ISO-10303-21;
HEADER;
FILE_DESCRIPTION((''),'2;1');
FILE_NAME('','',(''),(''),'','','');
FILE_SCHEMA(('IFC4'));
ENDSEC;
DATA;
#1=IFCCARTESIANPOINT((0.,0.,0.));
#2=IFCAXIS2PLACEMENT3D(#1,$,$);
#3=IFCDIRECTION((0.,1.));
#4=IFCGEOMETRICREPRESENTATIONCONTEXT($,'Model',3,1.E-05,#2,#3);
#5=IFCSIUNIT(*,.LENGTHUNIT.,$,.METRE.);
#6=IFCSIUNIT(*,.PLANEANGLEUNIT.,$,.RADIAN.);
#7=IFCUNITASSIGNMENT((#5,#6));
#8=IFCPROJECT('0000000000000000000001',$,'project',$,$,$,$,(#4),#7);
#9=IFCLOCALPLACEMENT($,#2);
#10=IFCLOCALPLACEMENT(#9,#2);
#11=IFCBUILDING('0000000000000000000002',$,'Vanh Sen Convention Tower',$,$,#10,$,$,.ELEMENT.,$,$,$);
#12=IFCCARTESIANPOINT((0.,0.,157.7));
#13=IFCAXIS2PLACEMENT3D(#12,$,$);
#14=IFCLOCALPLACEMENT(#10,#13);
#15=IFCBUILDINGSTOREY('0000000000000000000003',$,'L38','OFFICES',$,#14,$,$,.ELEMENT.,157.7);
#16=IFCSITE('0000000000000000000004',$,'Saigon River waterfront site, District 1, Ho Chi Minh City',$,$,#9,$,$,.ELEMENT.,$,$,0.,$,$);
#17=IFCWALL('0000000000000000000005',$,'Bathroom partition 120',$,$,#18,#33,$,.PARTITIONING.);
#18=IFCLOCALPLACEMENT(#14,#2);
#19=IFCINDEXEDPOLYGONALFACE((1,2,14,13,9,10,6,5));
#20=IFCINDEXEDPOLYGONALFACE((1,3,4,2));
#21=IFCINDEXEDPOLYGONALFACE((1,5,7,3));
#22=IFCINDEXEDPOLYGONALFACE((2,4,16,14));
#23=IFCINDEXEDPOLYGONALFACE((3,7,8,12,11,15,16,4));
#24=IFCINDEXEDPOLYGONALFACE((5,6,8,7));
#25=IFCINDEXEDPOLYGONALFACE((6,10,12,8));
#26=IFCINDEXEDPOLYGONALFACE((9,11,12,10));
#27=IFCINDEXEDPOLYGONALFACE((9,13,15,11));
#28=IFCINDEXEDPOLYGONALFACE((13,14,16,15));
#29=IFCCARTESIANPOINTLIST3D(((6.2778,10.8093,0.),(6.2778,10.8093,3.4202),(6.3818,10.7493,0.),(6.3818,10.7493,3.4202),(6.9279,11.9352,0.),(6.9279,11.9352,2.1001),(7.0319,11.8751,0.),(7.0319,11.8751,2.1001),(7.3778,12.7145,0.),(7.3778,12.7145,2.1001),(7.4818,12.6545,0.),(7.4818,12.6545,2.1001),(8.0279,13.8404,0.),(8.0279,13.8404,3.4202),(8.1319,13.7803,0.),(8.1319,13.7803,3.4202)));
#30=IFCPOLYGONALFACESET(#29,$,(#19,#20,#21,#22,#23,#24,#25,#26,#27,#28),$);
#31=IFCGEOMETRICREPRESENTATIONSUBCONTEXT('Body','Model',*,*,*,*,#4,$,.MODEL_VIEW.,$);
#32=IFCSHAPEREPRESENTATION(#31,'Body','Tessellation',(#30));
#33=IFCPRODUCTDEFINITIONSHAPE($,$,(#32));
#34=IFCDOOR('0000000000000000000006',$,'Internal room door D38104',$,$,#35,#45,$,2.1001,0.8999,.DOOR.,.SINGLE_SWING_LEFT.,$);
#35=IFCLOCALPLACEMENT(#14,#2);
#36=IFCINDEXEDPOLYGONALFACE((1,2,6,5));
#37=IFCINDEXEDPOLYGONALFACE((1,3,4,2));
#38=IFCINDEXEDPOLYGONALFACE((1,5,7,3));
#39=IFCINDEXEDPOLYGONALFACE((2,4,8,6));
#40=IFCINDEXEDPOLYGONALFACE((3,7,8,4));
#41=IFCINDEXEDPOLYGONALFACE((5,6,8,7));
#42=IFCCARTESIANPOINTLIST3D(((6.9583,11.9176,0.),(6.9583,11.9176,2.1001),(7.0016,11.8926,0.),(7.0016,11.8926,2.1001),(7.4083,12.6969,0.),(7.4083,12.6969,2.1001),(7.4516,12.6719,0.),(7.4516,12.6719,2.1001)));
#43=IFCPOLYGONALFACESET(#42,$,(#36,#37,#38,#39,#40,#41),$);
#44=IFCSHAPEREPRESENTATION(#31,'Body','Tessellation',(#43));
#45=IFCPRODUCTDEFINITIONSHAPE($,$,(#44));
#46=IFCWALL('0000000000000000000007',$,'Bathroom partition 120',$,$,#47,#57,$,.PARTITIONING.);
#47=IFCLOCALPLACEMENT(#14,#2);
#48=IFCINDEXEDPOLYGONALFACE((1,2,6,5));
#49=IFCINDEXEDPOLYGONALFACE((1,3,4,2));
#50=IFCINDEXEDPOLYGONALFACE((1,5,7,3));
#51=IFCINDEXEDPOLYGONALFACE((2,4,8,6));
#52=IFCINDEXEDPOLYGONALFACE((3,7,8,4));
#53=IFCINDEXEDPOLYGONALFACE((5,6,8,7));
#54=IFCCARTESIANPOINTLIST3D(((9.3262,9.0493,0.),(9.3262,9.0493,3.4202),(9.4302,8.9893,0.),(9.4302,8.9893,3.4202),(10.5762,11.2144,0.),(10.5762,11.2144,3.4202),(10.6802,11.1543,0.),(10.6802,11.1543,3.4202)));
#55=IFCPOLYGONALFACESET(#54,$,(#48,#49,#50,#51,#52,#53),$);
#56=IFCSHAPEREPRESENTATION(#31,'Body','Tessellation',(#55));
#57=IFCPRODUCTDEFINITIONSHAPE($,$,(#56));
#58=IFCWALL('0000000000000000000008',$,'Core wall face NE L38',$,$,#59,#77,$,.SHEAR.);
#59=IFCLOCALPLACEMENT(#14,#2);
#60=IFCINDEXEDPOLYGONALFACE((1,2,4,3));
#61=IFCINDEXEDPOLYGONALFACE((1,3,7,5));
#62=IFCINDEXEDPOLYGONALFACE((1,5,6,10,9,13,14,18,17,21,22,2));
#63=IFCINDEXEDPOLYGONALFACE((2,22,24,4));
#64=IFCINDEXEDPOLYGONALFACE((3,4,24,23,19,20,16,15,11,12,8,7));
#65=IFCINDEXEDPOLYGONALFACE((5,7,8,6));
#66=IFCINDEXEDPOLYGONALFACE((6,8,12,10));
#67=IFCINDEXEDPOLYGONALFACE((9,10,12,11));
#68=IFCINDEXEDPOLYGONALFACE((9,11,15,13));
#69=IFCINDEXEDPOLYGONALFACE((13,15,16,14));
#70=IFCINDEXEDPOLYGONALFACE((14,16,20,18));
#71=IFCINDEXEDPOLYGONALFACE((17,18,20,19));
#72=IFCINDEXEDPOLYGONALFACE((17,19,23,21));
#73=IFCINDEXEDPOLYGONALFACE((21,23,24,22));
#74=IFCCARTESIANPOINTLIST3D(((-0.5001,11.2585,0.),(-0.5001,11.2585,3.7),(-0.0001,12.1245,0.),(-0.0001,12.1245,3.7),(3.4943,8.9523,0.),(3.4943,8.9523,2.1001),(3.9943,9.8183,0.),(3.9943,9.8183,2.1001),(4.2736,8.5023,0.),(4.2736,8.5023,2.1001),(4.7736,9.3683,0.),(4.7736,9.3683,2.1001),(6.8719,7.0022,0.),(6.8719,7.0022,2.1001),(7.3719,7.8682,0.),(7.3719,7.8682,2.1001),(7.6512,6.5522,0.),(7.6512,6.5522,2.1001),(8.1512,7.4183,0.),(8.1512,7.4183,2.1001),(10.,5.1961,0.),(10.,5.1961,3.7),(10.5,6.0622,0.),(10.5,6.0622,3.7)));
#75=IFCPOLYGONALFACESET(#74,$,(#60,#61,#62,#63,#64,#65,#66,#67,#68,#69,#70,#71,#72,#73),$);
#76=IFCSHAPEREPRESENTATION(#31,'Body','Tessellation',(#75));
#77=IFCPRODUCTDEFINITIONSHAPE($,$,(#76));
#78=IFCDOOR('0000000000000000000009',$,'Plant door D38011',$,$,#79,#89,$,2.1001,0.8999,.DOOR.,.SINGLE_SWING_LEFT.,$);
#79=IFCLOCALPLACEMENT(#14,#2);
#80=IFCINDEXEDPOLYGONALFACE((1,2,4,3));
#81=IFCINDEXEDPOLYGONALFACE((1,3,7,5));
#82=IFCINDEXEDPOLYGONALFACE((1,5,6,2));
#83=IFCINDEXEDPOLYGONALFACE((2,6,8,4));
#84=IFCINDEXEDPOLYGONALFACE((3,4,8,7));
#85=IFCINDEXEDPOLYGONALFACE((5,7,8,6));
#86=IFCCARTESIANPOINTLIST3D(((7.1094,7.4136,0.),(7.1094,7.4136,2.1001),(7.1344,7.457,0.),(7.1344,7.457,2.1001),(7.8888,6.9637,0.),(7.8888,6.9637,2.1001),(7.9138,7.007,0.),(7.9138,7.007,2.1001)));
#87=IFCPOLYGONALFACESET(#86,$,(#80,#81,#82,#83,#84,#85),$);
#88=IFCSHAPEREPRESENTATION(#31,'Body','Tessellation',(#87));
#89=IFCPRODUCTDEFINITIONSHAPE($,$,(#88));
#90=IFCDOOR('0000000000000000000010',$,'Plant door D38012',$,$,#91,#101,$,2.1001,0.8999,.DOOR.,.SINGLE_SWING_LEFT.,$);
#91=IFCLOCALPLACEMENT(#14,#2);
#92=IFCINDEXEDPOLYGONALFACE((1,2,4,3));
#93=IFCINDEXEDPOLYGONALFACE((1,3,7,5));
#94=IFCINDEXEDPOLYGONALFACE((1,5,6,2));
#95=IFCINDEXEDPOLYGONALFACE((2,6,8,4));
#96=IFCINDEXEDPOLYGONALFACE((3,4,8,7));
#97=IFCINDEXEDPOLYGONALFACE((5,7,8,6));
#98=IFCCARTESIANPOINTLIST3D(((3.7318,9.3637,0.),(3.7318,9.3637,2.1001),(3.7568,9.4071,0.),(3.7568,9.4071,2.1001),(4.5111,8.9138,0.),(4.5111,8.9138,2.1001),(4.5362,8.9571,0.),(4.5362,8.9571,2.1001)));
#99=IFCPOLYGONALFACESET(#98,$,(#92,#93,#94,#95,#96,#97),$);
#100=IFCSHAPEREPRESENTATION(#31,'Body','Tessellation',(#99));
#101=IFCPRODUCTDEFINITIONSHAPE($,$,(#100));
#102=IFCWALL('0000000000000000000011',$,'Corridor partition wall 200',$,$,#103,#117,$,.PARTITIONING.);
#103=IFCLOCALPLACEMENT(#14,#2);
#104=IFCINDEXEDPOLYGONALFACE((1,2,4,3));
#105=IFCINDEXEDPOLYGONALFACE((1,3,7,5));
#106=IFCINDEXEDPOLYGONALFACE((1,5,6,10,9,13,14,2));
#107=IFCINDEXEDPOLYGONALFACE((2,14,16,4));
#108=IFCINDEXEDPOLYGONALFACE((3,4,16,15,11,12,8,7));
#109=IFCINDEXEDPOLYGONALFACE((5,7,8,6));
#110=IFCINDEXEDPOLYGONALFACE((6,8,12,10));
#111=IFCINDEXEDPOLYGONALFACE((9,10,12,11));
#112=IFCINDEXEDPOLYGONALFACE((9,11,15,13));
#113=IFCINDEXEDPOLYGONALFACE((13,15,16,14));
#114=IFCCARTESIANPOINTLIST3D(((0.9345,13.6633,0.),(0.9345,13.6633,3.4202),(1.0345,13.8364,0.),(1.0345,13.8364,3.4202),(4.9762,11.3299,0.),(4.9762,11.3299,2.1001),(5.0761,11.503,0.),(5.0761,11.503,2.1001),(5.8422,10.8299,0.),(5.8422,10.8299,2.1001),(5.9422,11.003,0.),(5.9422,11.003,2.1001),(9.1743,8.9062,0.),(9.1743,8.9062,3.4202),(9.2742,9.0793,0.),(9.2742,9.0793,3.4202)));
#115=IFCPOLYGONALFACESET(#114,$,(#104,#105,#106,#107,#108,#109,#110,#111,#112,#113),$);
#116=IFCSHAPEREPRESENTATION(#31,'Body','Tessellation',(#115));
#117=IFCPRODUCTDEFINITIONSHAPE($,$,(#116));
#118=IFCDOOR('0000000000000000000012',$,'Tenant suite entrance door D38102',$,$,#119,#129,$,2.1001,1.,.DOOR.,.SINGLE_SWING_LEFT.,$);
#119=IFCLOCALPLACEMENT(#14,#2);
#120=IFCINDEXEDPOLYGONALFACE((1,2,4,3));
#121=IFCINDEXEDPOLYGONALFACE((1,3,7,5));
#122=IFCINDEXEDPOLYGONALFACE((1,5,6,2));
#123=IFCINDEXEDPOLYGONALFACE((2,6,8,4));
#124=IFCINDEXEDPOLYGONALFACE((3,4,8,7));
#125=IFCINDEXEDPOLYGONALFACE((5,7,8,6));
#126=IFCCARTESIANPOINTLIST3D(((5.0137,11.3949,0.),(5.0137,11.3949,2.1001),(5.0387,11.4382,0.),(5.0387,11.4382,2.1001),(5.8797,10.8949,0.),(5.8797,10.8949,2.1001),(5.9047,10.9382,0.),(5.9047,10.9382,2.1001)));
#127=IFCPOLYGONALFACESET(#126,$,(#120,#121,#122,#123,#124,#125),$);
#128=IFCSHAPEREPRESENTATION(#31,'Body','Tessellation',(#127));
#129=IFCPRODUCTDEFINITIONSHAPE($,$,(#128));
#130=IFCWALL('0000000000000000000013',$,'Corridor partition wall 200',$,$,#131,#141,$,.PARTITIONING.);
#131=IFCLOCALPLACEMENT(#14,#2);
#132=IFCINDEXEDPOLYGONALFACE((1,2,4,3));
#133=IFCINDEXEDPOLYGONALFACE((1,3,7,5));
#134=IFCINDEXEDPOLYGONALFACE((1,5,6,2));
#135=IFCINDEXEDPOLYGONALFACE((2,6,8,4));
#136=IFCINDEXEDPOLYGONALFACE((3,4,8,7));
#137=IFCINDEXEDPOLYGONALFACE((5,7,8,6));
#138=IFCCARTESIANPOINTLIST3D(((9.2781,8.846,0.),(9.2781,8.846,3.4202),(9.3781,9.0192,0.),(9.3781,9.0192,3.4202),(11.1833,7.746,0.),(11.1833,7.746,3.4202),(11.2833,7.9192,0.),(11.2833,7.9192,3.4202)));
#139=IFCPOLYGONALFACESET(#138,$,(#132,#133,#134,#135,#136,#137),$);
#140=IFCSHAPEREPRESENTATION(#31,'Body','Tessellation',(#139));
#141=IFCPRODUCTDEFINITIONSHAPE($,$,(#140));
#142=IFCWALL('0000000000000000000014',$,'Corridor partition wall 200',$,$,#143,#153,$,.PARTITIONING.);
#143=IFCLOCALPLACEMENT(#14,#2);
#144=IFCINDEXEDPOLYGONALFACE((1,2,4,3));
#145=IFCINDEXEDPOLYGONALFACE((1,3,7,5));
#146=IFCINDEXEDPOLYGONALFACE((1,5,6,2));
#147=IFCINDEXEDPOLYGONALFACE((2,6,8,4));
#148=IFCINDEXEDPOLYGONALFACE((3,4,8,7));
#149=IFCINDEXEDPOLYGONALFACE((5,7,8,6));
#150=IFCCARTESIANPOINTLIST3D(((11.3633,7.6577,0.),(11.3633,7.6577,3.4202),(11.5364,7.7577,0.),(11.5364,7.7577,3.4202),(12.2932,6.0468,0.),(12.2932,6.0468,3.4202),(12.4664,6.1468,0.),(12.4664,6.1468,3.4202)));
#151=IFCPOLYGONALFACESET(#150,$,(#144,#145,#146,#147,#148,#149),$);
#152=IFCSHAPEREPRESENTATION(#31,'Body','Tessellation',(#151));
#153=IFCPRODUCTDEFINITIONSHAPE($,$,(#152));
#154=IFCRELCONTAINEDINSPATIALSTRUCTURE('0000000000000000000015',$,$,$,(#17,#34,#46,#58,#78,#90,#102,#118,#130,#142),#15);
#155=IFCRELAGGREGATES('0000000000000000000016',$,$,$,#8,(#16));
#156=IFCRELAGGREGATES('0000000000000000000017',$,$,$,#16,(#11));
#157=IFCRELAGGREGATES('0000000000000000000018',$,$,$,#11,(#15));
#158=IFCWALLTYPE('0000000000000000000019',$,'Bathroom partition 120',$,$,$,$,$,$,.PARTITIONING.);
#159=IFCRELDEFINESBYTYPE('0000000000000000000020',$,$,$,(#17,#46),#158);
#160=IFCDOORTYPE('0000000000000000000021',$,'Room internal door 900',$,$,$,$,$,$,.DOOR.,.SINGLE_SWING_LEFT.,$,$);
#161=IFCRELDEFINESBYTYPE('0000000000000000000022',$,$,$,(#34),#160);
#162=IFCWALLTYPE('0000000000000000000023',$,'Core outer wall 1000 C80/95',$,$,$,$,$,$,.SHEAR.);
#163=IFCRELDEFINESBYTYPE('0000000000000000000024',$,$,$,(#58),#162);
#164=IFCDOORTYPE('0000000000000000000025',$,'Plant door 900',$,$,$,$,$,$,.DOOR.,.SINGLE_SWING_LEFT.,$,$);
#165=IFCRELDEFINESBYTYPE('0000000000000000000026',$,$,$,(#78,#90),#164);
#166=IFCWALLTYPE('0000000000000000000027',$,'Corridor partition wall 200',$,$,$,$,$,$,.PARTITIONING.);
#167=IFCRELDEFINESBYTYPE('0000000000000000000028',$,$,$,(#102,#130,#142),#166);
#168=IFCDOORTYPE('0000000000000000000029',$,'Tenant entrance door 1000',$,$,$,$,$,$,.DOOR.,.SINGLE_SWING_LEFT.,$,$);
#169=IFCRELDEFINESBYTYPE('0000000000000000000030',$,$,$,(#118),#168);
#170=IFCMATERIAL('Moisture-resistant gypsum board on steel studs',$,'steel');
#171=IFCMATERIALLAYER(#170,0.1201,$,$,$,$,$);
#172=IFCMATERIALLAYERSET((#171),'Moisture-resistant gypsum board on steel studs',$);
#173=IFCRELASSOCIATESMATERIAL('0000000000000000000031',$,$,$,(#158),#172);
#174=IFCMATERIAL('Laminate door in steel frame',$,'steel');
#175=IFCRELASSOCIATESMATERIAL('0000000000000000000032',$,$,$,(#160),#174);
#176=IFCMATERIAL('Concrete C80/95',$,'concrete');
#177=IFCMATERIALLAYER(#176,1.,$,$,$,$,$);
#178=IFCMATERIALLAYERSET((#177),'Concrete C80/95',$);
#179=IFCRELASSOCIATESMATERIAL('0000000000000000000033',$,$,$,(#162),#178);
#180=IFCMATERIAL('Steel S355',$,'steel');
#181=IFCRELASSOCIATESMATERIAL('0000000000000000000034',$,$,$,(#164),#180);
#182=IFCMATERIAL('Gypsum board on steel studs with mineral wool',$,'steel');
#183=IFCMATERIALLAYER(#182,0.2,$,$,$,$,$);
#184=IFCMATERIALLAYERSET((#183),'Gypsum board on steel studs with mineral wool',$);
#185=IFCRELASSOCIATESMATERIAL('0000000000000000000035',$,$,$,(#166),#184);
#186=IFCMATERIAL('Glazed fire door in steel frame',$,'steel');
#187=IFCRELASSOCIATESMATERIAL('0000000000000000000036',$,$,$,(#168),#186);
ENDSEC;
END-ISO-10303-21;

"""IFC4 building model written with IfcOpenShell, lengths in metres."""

from ifc_helpers import new_model, si_unit, direction, frame, frame_2d, origin, place, context, subcontext, project, spatial, rectangle, extrude, material, layer, layer_set, type_object, element, fill, save


model = new_model("IFC4")

# Units and contexts
model_context = context("Model", 3, precision=1e-05, world=origin(), true_north=direction((0.0, 1.0)))
body_context = subcontext(model_context, "Body", "Model", "MODEL_VIEW")
ifc_project = project(units=[si_unit("LENGTHUNIT", "METRE"), si_unit("PLANEANGLEUNIT", "RADIAN")], contexts=[model_context])

# Site, building, storey
site_placement = place(None, origin())
site = spatial("IfcSite", under=ifc_project, at=site_placement, Name="Saigon River waterfront site, District 1, Ho Chi Minh City", CompositionType="ELEMENT", RefElevation=0.0)
building_placement = place(site_placement, origin())
building = spatial("IfcBuilding", under=site, at=building_placement, Name="Vanh Sen Convention Tower", CompositionType="ELEMENT")
storey_placement = place(building_placement, frame((0.0, 0.0, 157.7)))
storey = spatial("IfcBuildingStorey", under=building, at=storey_placement, Name="L38", Description="OFFICES", CompositionType="ELEMENT", Elevation=157.7)

# Wall, opening, door
ifc_material_1 = material(Name="Moisture-resistant gypsum board on steel studs", Category="steel")
ifc_layer_1 = layer(ifc_material_1, 0.1201)
ifc_layer_set_1 = layer_set([ifc_layer_1], Name="Moisture-resistant gypsum board on steel studs")
wall_type_1 = type_object("IfcWallType", Name="Bathroom partition 120", PredefinedType="PARTITIONING", material=ifc_layer_set_1)
wall_1_placement = place(storey_placement, frame((6.3298, 10.7793, 0.0), z_axis=(0.0, 0.0, 1.0), x_axis=(0.50001, 0.866019, 0.0)))
wall_1 = element("IfcWall", 1, at=wall_1_placement, inside=storey, type_object=wall_type_1, Name="Bathroom partition 120", PredefinedType="PARTITIONING", context=body_context, shape_type="SweptSolid", body=[
    extrude(rectangle(XDim=3.5, YDim=0.1201, at=frame_2d((1.75, 0.0))), origin(), (0.0, 0.0, 1.0), 3.4202),
])
opening_1_placement = place(wall_1_placement, frame((1.3, 0.0, 0.0)))
opening_1 = element("IfcOpeningElement", 2, at=opening_1_placement, cuts=wall_1, PredefinedType="OPENING", context=body_context, shape_type="SweptSolid", body=[
    extrude(rectangle(XDim=0.8999, YDim=2.1001, at=frame_2d((0.45, 1.05))), frame((0.0, 0.0701, 0.0), z_axis=(0.0, -1.0, 0.0), x_axis=(1.0, 0.0, 0.0)), (0.0, 0.0, 1.0), 0.1401),
])
ifc_material_2 = material(Name="Laminate door in steel frame", Category="steel")
door_type_1 = type_object("IfcDoorType", Name="Room internal door 900", OperationType="SINGLE_SWING_LEFT", PredefinedType="DOOR", material=ifc_material_2)
door_1_placement = place(opening_1_placement, origin())
door_1 = element("IfcDoor", 3, at=door_1_placement, inside=storey, type_object=door_type_1, Name="Internal room door D38104", OperationType="SINGLE_SWING_LEFT", OverallHeight=2.1001, OverallWidth=0.8999, PredefinedType="DOOR", context=body_context, shape_type="SweptSolid", body=[
    extrude(rectangle(XDim=0.8999, YDim=2.1001, at=frame_2d((0.45, 1.05))), frame((0.0, 0.0249, 0.0), z_axis=(0.0, -1.0, 0.0), x_axis=(1.0, 0.0, 0.0)), (0.0, 0.0, 1.0), 0.05),
])
fill(opening_1, door_1)

# Wall
wall_2_placement = place(storey_placement, frame((9.3782, 9.0193, 0.0), z_axis=(0.0, 0.0, 1.0), x_axis=(0.500004, 0.866023, 0.0)))
element("IfcWall", 4, at=wall_2_placement, inside=storey, type_object=wall_type_1, Name="Bathroom partition 120", PredefinedType="PARTITIONING", context=body_context, shape_type="SweptSolid", body=[
    extrude(rectangle(XDim=2.5, YDim=0.1201, at=frame_2d((1.25, 0.0))), origin(), (0.0, 0.0, 1.0), 3.4202),
])

# Wall, openings, doors
ifc_material_3 = material(Name="Concrete C80/95", Category="concrete")
ifc_layer_2 = layer(ifc_material_3, 1.0)
ifc_layer_set_2 = layer_set([ifc_layer_2], Name="Concrete C80/95")
wall_type_2 = type_object("IfcWallType", Name="Core outer wall 1000 C80/95", PredefinedType="SHEAR", material=ifc_layer_set_2)
wall_3_placement = place(storey_placement, frame((10.25, 5.6292, 0.0), z_axis=(0.0, 0.0, 1.0), x_axis=(-0.866023, 0.500005, 0.0)))
wall_3 = element("IfcWall", 5, at=wall_3_placement, inside=storey, type_object=wall_type_2, Name="Core wall face NE L38", PredefinedType="SHEAR", context=body_context, shape_type="SweptSolid", body=[
    extrude(rectangle(XDim=12.1245, YDim=1.0, at=frame_2d((6.0623, 0.0))), origin(), (0.0, 0.0, 1.0), 3.7),
])
opening_2_placement = place(wall_3_placement, frame((2.7122, 0.0, 0.0)))
opening_2 = element("IfcOpeningElement", 6, at=opening_2_placement, cuts=wall_3, PredefinedType="OPENING", context=body_context, shape_type="SweptSolid", body=[
    extrude(rectangle(XDim=0.8999, YDim=2.1001, at=frame_2d((0.45, 1.05))), frame((0.0, 0.51, 0.0), z_axis=(0.0, -1.0, 0.0), x_axis=(1.0, 0.0, 0.0)), (0.0, 0.0, 1.0), 1.02),
])
opening_3_placement = place(wall_3_placement, frame((6.6123, 0.0, 0.0)))
opening_3 = element("IfcOpeningElement", 7, at=opening_3_placement, cuts=wall_3, PredefinedType="OPENING", context=body_context, shape_type="SweptSolid", body=[
    extrude(rectangle(XDim=0.8999, YDim=2.1001, at=frame_2d((0.45, 1.05))), frame((0.0, 0.51, 0.0), z_axis=(0.0, -1.0, 0.0), x_axis=(1.0, 0.0, 0.0)), (0.0, 0.0, 1.0), 1.02),
])
ifc_material_4 = material(Name="Steel S355", Category="steel")
door_type_2 = type_object("IfcDoorType", Name="Plant door 900", OperationType="SINGLE_SWING_LEFT", PredefinedType="DOOR", material=ifc_material_4)
door_2_placement = place(opening_2_placement, origin())
door_2 = element("IfcDoor", 8, at=door_2_placement, inside=storey, type_object=door_type_2, Name="Plant door D38011", OperationType="SINGLE_SWING_LEFT", OverallHeight=2.1001, OverallWidth=0.8999, PredefinedType="DOOR", context=body_context, shape_type="SweptSolid", body=[
    extrude(rectangle(XDim=0.8999, YDim=2.1001, at=frame_2d((0.45, 1.05))), frame((0.0, 0.0249, 0.0), z_axis=(0.0, -1.0, 0.0), x_axis=(1.0, 0.0, 0.0)), (0.0, 0.0, 1.0), 0.05),
])
fill(opening_2, door_2)
door_3_placement = place(opening_3_placement, origin())
door_3 = element("IfcDoor", 9, at=door_3_placement, inside=storey, type_object=door_type_2, Name="Plant door D38012", OperationType="SINGLE_SWING_LEFT", OverallHeight=2.1001, OverallWidth=0.8999, PredefinedType="DOOR", context=body_context, shape_type="SweptSolid", body=[
    extrude(rectangle(XDim=0.8999, YDim=2.1001, at=frame_2d((0.45, 1.05))), frame((0.0, 0.0249, 0.0), z_axis=(0.0, -1.0, 0.0), x_axis=(1.0, 0.0, 0.0)), (0.0, 0.0, 1.0), 0.05),
])
fill(opening_3, door_3)

# Wall, opening, door
ifc_material_5 = material(Name="Gypsum board on steel studs with mineral wool", Category="steel")
ifc_layer_3 = layer(ifc_material_5, 0.2)
ifc_layer_set_3 = layer_set([ifc_layer_3], Name="Gypsum board on steel studs with mineral wool")
wall_type_3 = type_object("IfcWallType", Name="Corridor partition wall 200", PredefinedType="PARTITIONING", material=ifc_layer_set_3)
wall_4_placement = place(storey_placement, frame((9.2244, 8.9927, 0.0), z_axis=(0.0, 0.0, 1.0), x_axis=(-0.866032, 0.499989, 0.0)))
wall_4 = element("IfcWall", 10, at=wall_4_placement, inside=storey, type_object=wall_type_3, Name="Corridor partition wall 200", PredefinedType="PARTITIONING", context=body_context, shape_type="SweptSolid", body=[
    extrude(rectangle(XDim=9.5144, YDim=0.2, at=frame_2d((4.7573, 0.0))), origin(), (0.0, 0.0, 1.0), 3.4202),
])
opening_4_placement = place(wall_4_placement, frame((3.8477, 0.0, 0.0)))
opening_4 = element("IfcOpeningElement", 11, at=opening_4_placement, cuts=wall_4, PredefinedType="OPENING", context=body_context, shape_type="SweptSolid", body=[
    extrude(rectangle(XDim=1.0, YDim=2.1001, at=frame_2d((0.5, 1.05))), frame((0.0, 0.1099, 0.0), z_axis=(0.0, -1.0, 0.0), x_axis=(1.0, 0.0, 0.0)), (0.0, 0.0, 1.0), 0.22),
])
ifc_material_6 = material(Name="Glazed fire door in steel frame", Category="steel")
door_type_3 = type_object("IfcDoorType", Name="Tenant entrance door 1000", OperationType="SINGLE_SWING_LEFT", PredefinedType="DOOR", material=ifc_material_6)
door_4_placement = place(opening_4_placement, origin())
door_4 = element("IfcDoor", 12, at=door_4_placement, inside=storey, type_object=door_type_3, Name="Tenant suite entrance door D38102", OperationType="SINGLE_SWING_LEFT", OverallHeight=2.1001, OverallWidth=1.0, PredefinedType="DOOR", context=body_context, shape_type="SweptSolid", body=[
    extrude(rectangle(XDim=1.0, YDim=2.1001, at=frame_2d((0.5, 1.05))), frame((0.0, 0.0249, 0.0), z_axis=(0.0, -1.0, 0.0), x_axis=(1.0, 0.0, 0.0)), (0.0, 0.0, 1.0), 0.05),
])
fill(opening_4, door_4)

# Walls
wall_5_placement = place(storey_placement, frame((11.2334, 7.8325, 0.0), z_axis=(0.0, 0.0, 1.0), x_axis=(-0.866008, 0.50003, 0.0)))
element("IfcWall", 13, at=wall_5_placement, inside=storey, type_object=wall_type_3, Name="Corridor partition wall 200", PredefinedType="PARTITIONING", context=body_context, shape_type="SweptSolid", body=[
    extrude(rectangle(XDim=2.2, YDim=0.2, at=frame_2d((1.1001, 0.0))), origin(), (0.0, 0.0, 1.0), 3.4202),
])
wall_6_placement = place(storey_placement, frame((12.3799, 6.0967, 0.0), z_axis=(0.0, 0.0, 1.0), x_axis=(-0.499965, 0.866046, 0.0)))
element("IfcWall", 14, at=wall_6_placement, inside=storey, type_object=wall_type_3, Name="Corridor partition wall 200", PredefinedType="PARTITIONING", context=body_context, shape_type="SweptSolid", body=[
    extrude(rectangle(XDim=1.8601, YDim=0.2, at=frame_2d((0.9302, 0.0))), origin(), (0.0, 0.0, 1.0), 3.4202),
])

save(model, "model.ifc")
